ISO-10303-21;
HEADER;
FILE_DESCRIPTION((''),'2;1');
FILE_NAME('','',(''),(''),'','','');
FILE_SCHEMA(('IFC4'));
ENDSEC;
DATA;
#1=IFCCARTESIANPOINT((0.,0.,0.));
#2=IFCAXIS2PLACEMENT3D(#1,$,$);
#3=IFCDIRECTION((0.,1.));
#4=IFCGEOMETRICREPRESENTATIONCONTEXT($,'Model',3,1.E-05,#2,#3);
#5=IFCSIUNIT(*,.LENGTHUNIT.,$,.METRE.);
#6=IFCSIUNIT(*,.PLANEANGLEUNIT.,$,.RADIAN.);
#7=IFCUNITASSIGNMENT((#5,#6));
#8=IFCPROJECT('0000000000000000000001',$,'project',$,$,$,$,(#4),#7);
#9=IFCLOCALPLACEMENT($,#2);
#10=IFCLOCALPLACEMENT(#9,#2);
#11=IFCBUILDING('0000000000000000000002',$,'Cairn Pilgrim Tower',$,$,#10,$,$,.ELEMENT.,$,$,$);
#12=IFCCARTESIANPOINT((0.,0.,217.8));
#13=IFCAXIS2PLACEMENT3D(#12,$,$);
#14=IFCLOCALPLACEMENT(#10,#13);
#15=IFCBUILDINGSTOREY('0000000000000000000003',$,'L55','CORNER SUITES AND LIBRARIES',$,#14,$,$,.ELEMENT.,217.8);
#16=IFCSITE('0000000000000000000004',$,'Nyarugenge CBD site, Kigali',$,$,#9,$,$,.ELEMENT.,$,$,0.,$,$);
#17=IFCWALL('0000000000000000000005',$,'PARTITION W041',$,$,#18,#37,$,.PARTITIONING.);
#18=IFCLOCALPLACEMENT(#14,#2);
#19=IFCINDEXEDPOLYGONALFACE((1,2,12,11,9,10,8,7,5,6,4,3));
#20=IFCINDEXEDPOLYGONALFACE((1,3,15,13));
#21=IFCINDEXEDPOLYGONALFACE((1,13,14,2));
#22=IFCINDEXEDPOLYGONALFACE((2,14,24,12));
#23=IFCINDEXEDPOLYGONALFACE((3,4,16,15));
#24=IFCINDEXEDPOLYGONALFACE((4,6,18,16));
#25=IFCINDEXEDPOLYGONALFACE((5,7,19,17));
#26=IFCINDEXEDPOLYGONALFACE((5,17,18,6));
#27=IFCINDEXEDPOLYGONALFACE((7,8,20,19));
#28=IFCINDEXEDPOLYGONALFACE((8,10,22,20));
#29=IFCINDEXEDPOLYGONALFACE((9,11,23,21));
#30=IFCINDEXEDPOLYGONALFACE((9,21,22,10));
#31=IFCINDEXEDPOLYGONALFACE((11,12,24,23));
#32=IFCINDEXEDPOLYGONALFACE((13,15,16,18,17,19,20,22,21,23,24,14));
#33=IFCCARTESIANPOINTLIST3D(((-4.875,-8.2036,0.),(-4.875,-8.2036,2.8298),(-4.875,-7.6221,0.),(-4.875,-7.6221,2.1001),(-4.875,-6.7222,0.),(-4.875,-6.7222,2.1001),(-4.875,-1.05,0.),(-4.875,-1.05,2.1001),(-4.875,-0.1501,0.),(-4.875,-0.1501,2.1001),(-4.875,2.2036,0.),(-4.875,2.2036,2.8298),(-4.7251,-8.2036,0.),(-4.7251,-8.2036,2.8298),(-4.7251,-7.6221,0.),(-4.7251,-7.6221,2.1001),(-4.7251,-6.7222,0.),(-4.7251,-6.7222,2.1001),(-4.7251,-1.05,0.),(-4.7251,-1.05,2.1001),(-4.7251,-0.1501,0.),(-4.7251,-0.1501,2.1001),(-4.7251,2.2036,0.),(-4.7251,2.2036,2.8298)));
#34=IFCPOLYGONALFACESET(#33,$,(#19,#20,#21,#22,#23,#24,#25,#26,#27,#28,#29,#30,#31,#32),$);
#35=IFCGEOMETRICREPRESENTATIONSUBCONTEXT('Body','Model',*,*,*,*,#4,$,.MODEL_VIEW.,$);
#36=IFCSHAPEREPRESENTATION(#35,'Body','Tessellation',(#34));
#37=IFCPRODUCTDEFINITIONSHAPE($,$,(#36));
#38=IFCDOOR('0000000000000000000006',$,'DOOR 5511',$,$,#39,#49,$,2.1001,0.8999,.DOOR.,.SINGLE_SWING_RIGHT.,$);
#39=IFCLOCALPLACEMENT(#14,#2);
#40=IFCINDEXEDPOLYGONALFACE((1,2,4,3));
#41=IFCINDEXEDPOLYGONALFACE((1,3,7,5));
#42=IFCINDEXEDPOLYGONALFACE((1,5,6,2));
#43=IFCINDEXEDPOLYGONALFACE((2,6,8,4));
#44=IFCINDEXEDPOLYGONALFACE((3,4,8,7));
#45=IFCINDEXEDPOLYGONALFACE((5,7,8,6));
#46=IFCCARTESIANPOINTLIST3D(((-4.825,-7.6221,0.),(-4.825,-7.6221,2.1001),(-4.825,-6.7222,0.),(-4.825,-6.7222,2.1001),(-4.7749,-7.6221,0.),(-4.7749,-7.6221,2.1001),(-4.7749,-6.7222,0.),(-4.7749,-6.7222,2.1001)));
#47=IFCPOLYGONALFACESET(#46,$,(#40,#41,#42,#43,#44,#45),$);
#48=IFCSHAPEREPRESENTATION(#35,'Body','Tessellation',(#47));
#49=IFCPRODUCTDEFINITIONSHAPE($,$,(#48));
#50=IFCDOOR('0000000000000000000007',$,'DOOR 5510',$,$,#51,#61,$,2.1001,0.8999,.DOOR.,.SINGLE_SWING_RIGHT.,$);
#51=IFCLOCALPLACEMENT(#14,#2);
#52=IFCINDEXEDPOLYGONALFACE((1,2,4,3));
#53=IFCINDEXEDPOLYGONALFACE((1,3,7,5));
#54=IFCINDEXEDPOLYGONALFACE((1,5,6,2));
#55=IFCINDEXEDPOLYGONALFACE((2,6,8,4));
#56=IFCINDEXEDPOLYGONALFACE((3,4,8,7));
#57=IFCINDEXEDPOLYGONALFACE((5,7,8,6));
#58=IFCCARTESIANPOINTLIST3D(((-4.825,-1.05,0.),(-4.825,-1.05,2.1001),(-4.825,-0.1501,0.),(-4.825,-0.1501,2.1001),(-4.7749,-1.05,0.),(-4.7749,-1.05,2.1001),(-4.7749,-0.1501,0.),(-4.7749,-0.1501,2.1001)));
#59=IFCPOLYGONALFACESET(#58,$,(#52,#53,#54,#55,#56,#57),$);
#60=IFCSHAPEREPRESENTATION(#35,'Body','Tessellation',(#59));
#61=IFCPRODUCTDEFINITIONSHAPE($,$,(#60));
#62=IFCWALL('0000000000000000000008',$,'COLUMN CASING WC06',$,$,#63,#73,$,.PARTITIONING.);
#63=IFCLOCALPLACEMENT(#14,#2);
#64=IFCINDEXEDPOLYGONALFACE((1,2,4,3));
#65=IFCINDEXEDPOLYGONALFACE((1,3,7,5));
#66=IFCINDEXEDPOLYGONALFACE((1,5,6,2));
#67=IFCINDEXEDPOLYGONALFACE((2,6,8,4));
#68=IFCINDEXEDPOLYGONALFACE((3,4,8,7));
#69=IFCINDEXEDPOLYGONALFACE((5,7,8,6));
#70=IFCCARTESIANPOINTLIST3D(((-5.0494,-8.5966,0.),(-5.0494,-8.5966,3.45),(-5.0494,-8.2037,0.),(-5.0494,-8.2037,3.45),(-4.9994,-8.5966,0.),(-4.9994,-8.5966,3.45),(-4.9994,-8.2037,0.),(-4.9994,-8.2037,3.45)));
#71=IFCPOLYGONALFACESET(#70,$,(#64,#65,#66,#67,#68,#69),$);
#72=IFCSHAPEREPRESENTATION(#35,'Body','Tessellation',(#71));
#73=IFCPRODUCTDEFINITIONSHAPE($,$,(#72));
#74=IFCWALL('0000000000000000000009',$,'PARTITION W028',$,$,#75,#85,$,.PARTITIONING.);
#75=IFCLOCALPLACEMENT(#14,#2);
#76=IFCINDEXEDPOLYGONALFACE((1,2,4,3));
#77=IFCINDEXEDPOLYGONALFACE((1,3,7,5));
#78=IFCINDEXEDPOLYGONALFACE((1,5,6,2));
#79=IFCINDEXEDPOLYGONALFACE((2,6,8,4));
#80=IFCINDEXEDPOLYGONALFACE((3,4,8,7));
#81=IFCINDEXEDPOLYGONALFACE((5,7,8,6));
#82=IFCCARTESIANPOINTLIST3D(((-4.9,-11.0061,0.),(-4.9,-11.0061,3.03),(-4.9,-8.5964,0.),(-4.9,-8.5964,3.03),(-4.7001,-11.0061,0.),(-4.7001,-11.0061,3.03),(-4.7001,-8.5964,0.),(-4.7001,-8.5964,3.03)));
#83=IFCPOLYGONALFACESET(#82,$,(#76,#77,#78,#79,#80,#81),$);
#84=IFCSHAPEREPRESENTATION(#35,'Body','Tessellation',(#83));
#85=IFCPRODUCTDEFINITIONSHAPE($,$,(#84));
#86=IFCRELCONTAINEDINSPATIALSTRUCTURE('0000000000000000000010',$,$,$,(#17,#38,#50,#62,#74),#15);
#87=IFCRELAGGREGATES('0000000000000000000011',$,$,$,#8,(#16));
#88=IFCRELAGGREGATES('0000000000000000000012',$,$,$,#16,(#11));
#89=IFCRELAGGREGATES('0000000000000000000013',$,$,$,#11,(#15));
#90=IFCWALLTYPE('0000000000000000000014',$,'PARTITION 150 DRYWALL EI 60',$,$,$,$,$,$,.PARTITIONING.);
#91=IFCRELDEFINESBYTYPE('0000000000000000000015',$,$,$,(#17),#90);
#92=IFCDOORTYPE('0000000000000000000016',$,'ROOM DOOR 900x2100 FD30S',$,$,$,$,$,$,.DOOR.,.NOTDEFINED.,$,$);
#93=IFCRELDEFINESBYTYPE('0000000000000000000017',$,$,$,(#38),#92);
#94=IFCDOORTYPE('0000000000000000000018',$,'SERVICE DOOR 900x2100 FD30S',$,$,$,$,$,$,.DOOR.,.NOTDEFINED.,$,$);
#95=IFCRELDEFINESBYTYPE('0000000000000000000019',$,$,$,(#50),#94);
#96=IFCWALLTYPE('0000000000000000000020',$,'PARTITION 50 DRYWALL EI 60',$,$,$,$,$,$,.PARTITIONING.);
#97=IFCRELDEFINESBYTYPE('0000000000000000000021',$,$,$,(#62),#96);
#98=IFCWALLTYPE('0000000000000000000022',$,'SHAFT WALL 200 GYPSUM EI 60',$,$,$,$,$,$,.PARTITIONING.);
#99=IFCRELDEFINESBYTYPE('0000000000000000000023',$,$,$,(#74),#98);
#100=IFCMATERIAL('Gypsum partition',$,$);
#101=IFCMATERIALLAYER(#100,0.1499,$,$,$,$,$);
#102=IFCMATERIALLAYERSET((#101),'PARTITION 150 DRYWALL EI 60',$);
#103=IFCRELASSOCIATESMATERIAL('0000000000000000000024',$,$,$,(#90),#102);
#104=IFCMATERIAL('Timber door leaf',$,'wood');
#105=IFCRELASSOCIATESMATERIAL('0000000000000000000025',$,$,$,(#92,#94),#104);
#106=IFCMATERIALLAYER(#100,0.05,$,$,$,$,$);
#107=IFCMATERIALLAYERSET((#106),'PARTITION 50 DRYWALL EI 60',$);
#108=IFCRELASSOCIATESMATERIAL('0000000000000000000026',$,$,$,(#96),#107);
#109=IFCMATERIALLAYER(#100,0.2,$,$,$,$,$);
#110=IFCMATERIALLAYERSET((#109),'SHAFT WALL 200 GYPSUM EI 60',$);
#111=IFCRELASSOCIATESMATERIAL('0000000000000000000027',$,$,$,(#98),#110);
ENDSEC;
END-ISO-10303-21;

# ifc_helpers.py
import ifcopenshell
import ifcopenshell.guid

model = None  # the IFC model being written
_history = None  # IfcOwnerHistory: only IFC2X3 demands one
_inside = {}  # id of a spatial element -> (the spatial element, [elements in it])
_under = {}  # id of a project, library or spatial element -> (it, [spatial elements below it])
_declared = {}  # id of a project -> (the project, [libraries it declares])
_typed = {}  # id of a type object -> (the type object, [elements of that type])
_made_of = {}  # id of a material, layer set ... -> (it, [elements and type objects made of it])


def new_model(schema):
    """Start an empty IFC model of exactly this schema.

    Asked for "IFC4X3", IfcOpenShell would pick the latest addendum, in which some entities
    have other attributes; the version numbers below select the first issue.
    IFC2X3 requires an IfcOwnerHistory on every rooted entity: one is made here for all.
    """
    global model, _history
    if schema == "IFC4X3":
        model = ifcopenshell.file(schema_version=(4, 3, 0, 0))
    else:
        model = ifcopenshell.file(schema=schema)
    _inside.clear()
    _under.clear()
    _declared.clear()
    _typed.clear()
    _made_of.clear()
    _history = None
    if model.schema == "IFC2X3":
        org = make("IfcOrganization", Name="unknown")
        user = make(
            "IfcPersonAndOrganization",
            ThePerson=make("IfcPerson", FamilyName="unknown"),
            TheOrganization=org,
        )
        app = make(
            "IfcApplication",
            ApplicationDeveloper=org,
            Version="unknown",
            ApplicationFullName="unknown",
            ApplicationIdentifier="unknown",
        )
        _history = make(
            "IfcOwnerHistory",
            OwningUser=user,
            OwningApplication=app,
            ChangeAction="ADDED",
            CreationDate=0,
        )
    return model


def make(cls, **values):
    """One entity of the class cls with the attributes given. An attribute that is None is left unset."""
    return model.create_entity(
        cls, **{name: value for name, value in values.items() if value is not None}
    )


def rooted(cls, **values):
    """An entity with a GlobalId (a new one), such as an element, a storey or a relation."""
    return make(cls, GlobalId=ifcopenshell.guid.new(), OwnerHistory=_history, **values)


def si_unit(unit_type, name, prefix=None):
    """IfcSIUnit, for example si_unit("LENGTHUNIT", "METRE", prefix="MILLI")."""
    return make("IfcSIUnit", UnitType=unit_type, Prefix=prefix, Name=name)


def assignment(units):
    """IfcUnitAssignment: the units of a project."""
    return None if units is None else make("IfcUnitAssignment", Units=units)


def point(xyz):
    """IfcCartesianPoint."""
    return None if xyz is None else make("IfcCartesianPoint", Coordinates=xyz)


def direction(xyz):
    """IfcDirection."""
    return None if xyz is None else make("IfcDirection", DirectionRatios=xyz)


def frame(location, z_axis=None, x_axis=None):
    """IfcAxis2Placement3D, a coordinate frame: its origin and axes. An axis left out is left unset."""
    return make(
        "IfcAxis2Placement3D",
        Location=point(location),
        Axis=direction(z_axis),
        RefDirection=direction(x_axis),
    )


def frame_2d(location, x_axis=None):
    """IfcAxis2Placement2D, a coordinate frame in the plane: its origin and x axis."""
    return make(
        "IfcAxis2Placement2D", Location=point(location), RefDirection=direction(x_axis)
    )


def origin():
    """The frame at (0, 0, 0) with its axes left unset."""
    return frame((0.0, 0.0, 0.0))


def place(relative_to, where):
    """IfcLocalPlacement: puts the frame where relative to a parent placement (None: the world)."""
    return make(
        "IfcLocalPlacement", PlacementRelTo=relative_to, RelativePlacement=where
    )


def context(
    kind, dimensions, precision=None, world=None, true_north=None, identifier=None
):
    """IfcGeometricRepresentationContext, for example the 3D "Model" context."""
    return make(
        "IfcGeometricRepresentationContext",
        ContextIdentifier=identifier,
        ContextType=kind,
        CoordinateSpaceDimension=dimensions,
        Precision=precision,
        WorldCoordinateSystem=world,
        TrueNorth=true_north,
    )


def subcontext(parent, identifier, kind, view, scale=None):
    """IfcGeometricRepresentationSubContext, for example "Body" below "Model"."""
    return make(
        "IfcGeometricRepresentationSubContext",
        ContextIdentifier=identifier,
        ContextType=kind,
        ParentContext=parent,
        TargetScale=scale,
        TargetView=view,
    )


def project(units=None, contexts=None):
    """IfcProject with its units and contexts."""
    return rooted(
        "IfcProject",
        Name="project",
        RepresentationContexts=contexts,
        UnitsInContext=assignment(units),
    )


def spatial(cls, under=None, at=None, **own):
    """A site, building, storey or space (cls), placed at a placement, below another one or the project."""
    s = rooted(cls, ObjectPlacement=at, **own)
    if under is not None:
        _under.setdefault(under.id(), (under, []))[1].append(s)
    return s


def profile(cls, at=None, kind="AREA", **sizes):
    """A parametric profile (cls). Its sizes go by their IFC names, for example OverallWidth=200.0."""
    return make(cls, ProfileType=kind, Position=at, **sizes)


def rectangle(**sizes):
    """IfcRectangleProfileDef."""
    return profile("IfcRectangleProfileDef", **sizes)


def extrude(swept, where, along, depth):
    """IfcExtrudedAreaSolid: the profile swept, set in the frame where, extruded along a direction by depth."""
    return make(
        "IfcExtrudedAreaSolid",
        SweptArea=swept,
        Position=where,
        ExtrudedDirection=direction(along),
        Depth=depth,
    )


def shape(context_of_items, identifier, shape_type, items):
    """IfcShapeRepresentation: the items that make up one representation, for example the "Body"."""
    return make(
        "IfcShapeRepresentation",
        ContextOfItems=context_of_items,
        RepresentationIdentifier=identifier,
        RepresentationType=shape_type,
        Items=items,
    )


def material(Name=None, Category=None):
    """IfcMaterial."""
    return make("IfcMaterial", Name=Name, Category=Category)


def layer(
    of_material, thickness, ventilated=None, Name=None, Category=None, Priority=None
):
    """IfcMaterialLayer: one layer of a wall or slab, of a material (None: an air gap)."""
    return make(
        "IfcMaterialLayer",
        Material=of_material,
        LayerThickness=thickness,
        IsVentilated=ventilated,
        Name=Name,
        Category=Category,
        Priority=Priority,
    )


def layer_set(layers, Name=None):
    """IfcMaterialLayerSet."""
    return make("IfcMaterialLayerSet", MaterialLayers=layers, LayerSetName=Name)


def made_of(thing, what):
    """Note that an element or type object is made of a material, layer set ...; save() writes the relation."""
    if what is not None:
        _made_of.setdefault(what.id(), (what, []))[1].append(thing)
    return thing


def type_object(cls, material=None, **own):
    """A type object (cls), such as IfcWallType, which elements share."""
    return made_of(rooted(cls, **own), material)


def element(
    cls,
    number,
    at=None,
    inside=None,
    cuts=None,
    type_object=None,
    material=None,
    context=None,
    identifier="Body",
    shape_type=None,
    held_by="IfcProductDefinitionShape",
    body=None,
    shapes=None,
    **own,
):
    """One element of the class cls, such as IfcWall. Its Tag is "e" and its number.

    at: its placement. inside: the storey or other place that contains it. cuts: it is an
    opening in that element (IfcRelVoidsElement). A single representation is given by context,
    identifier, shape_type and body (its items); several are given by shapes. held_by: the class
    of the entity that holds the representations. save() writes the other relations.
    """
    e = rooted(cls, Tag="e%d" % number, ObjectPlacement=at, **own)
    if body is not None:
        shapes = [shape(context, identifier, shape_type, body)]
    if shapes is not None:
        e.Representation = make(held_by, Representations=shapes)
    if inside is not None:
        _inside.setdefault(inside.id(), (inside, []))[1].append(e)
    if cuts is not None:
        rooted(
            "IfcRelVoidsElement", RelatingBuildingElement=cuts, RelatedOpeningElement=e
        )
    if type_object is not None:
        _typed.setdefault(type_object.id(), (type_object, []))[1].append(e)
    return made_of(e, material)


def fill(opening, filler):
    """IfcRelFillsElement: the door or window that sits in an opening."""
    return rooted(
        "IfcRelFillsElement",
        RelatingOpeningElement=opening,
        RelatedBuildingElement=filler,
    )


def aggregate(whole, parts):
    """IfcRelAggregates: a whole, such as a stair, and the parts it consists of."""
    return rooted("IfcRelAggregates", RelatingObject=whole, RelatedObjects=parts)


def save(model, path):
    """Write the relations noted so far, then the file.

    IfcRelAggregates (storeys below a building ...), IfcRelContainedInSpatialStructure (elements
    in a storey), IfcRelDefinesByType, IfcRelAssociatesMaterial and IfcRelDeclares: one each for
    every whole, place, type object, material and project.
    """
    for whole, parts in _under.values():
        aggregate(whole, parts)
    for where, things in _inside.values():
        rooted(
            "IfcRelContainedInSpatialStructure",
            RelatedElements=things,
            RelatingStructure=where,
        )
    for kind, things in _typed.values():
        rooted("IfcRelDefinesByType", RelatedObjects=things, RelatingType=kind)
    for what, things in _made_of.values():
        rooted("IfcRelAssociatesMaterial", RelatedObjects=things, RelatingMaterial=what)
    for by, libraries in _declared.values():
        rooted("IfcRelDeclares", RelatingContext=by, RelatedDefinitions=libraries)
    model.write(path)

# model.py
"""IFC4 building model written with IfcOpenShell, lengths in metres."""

from ifc_helpers import new_model, si_unit, direction, frame, frame_2d, origin, place, context, subcontext, project, spatial, rectangle, extrude, material, layer, layer_set, type_object, element, fill, save


model = new_model("IFC4")

# Units and contexts
model_context = context("Model", 3, precision=1e-05, world=origin(), true_north=direction((0.0, 1.0)))
body_context = subcontext(model_context, "Body", "Model", "MODEL_VIEW")
ifc_project = project(units=[si_unit("LENGTHUNIT", "METRE"), si_unit("PLANEANGLEUNIT", "RADIAN")], contexts=[model_context])

# Site, building, storey
site_placement = place(None, origin())
site = spatial("IfcSite", under=ifc_project, at=site_placement, Name="Nyarugenge CBD site, Kigali", CompositionType="ELEMENT", RefElevation=0.0)
building_placement = place(site_placement, origin())
building = spatial("IfcBuilding", under=site, at=building_placement, Name="Cairn Pilgrim Tower", CompositionType="ELEMENT")
storey_placement = place(building_placement, frame((0.0, 0.0, 217.8)))
storey = spatial("IfcBuildingStorey", under=building, at=storey_placement, Name="L55", Description="CORNER SUITES AND LIBRARIES", CompositionType="ELEMENT", Elevation=217.8)

# Shared definitions
ifc_material_1 = material(Name="Gypsum partition")
ifc_layer_1 = layer(ifc_material_1, 0.1499)
ifc_layer_set_1 = layer_set([ifc_layer_1], Name="PARTITION 150 DRYWALL EI 60")
wall_type_1 = type_object("IfcWallType", Name="PARTITION 150 DRYWALL EI 60", PredefinedType="PARTITIONING", material=ifc_layer_set_1)

# Wall, openings, doors
wall_1_placement = place(storey_placement, frame((-4.8, -8.2036, 0.0), z_axis=(0.0, 0.0, 1.0), x_axis=(0.0, 1.0, 0.0)))
wall_1 = element("IfcWall", 1, at=wall_1_placement, inside=storey, type_object=wall_type_1, Name="PARTITION W041", PredefinedType="PARTITIONING", context=body_context, shape_type="SweptSolid", body=[
    extrude(rectangle(XDim=10.4072, YDim=0.1499, at=frame_2d((5.2036, 0.0))), origin(), (0.0, 0.0, 1.0), 2.8298),
])
opening_1_placement = place(wall_1_placement, frame((7.1536, 0.0, 0.0)))
opening_1 = element("IfcOpeningElement", 2, at=opening_1_placement, cuts=wall_1, PredefinedType="OPENING", context=body_context, shape_type="SweptSolid", body=[
    extrude(rectangle(XDim=0.8999, YDim=2.1001, at=frame_2d((0.45, 1.05))), frame((0.0, 0.085, 0.0), z_axis=(0.0, -1.0, 0.0), x_axis=(1.0, 0.0, 0.0)), (0.0, 0.0, 1.0), 0.1699),
])
opening_2_placement = place(wall_1_placement, frame((0.5815, 0.0, 0.0)))
opening_2 = element("IfcOpeningElement", 3, at=opening_2_placement, cuts=wall_1, PredefinedType="OPENING", context=body_context, shape_type="SweptSolid", body=[
    extrude(rectangle(XDim=0.8999, YDim=2.1001, at=frame_2d((0.45, 1.05))), frame((0.0, 0.085, 0.0), z_axis=(0.0, -1.0, 0.0), x_axis=(1.0, 0.0, 0.0)), (0.0, 0.0, 1.0), 0.1699),
])
ifc_material_2 = material(Name="Timber door leaf", Category="wood")
door_type_1 = type_object("IfcDoorType", Name="ROOM DOOR 900x2100 FD30S", OperationType="NOTDEFINED", PredefinedType="DOOR", material=ifc_material_2)
door_1_placement = place(opening_2_placement, origin())
door_1 = element("IfcDoor", 4, at=door_1_placement, inside=storey, type_object=door_type_1, Name="DOOR 5511", OperationType="SINGLE_SWING_RIGHT", OverallHeight=2.1001, OverallWidth=0.8999, PredefinedType="DOOR", context=body_context, shape_type="SweptSolid", body=[
    extrude(rectangle(XDim=0.8999, YDim=2.1001, at=frame_2d((0.45, 1.05))), frame((0.0, 0.0249, 0.0), z_axis=(0.0, -1.0, 0.0), x_axis=(1.0, 0.0, 0.0)), (0.0, 0.0, 1.0), 0.05),
])
fill(opening_2, door_1)
door_type_2 = type_object("IfcDoorType", Name="SERVICE DOOR 900x2100 FD30S", OperationType="NOTDEFINED", PredefinedType="DOOR", material=ifc_material_2)
door_2_placement = place(opening_1_placement, origin())
door_2 = element("IfcDoor", 5, at=door_2_placement, inside=storey, type_object=door_type_2, Name="DOOR 5510", OperationType="SINGLE_SWING_RIGHT", OverallHeight=2.1001, OverallWidth=0.8999, PredefinedType="DOOR", context=body_context, shape_type="SweptSolid", body=[
    extrude(rectangle(XDim=0.8999, YDim=2.1001, at=frame_2d((0.45, 1.05))), frame((0.0, 0.0249, 0.0), z_axis=(0.0, -1.0, 0.0), x_axis=(1.0, 0.0, 0.0)), (0.0, 0.0, 1.0), 0.05),
])
fill(opening_1, door_2)

# Walls
ifc_layer_2 = layer(ifc_material_1, 0.05)
ifc_layer_set_2 = layer_set([ifc_layer_2], Name="PARTITION 50 DRYWALL EI 60")
wall_type_2 = type_object("IfcWallType", Name="PARTITION 50 DRYWALL EI 60", PredefinedType="PARTITIONING", material=ifc_layer_set_2)
wall_2_placement = place(storey_placement, frame((-5.0244, -8.5964, 0.0), z_axis=(0.0, 0.0, 1.0), x_axis=(0.0, 1.0, 0.0)))
element("IfcWall", 6, at=wall_2_placement, inside=storey, type_object=wall_type_2, Name="COLUMN CASING WC06", PredefinedType="PARTITIONING", context=body_context, shape_type="SweptSolid", body=[
    extrude(rectangle(XDim=0.3928, YDim=0.05, at=frame_2d((0.1963, 0.0))), origin(), (0.0, 0.0, 1.0), 3.45),
])
ifc_layer_3 = layer(ifc_material_1, 0.2)
ifc_layer_set_3 = layer_set([ifc_layer_3], Name="SHAFT WALL 200 GYPSUM EI 60")
wall_type_3 = type_object("IfcWallType", Name="SHAFT WALL 200 GYPSUM EI 60", PredefinedType="PARTITIONING", material=ifc_layer_set_3)
wall_3_placement = place(storey_placement, frame((-4.8, -11.0061, 0.0), z_axis=(0.0, 0.0, 1.0), x_axis=(0.0, 1.0, 0.0)))
element("IfcWall", 7, at=wall_3_placement, inside=storey, type_object=wall_type_3, Name="PARTITION W028", PredefinedType="PARTITIONING", context=body_context, shape_type="SweptSolid", body=[
    extrude(rectangle(XDim=2.4097, YDim=0.2, at=frame_2d((1.2048, 0.0))), origin(), (0.0, 0.0, 1.0), 3.03),
])

save(model, "model.ifc")
